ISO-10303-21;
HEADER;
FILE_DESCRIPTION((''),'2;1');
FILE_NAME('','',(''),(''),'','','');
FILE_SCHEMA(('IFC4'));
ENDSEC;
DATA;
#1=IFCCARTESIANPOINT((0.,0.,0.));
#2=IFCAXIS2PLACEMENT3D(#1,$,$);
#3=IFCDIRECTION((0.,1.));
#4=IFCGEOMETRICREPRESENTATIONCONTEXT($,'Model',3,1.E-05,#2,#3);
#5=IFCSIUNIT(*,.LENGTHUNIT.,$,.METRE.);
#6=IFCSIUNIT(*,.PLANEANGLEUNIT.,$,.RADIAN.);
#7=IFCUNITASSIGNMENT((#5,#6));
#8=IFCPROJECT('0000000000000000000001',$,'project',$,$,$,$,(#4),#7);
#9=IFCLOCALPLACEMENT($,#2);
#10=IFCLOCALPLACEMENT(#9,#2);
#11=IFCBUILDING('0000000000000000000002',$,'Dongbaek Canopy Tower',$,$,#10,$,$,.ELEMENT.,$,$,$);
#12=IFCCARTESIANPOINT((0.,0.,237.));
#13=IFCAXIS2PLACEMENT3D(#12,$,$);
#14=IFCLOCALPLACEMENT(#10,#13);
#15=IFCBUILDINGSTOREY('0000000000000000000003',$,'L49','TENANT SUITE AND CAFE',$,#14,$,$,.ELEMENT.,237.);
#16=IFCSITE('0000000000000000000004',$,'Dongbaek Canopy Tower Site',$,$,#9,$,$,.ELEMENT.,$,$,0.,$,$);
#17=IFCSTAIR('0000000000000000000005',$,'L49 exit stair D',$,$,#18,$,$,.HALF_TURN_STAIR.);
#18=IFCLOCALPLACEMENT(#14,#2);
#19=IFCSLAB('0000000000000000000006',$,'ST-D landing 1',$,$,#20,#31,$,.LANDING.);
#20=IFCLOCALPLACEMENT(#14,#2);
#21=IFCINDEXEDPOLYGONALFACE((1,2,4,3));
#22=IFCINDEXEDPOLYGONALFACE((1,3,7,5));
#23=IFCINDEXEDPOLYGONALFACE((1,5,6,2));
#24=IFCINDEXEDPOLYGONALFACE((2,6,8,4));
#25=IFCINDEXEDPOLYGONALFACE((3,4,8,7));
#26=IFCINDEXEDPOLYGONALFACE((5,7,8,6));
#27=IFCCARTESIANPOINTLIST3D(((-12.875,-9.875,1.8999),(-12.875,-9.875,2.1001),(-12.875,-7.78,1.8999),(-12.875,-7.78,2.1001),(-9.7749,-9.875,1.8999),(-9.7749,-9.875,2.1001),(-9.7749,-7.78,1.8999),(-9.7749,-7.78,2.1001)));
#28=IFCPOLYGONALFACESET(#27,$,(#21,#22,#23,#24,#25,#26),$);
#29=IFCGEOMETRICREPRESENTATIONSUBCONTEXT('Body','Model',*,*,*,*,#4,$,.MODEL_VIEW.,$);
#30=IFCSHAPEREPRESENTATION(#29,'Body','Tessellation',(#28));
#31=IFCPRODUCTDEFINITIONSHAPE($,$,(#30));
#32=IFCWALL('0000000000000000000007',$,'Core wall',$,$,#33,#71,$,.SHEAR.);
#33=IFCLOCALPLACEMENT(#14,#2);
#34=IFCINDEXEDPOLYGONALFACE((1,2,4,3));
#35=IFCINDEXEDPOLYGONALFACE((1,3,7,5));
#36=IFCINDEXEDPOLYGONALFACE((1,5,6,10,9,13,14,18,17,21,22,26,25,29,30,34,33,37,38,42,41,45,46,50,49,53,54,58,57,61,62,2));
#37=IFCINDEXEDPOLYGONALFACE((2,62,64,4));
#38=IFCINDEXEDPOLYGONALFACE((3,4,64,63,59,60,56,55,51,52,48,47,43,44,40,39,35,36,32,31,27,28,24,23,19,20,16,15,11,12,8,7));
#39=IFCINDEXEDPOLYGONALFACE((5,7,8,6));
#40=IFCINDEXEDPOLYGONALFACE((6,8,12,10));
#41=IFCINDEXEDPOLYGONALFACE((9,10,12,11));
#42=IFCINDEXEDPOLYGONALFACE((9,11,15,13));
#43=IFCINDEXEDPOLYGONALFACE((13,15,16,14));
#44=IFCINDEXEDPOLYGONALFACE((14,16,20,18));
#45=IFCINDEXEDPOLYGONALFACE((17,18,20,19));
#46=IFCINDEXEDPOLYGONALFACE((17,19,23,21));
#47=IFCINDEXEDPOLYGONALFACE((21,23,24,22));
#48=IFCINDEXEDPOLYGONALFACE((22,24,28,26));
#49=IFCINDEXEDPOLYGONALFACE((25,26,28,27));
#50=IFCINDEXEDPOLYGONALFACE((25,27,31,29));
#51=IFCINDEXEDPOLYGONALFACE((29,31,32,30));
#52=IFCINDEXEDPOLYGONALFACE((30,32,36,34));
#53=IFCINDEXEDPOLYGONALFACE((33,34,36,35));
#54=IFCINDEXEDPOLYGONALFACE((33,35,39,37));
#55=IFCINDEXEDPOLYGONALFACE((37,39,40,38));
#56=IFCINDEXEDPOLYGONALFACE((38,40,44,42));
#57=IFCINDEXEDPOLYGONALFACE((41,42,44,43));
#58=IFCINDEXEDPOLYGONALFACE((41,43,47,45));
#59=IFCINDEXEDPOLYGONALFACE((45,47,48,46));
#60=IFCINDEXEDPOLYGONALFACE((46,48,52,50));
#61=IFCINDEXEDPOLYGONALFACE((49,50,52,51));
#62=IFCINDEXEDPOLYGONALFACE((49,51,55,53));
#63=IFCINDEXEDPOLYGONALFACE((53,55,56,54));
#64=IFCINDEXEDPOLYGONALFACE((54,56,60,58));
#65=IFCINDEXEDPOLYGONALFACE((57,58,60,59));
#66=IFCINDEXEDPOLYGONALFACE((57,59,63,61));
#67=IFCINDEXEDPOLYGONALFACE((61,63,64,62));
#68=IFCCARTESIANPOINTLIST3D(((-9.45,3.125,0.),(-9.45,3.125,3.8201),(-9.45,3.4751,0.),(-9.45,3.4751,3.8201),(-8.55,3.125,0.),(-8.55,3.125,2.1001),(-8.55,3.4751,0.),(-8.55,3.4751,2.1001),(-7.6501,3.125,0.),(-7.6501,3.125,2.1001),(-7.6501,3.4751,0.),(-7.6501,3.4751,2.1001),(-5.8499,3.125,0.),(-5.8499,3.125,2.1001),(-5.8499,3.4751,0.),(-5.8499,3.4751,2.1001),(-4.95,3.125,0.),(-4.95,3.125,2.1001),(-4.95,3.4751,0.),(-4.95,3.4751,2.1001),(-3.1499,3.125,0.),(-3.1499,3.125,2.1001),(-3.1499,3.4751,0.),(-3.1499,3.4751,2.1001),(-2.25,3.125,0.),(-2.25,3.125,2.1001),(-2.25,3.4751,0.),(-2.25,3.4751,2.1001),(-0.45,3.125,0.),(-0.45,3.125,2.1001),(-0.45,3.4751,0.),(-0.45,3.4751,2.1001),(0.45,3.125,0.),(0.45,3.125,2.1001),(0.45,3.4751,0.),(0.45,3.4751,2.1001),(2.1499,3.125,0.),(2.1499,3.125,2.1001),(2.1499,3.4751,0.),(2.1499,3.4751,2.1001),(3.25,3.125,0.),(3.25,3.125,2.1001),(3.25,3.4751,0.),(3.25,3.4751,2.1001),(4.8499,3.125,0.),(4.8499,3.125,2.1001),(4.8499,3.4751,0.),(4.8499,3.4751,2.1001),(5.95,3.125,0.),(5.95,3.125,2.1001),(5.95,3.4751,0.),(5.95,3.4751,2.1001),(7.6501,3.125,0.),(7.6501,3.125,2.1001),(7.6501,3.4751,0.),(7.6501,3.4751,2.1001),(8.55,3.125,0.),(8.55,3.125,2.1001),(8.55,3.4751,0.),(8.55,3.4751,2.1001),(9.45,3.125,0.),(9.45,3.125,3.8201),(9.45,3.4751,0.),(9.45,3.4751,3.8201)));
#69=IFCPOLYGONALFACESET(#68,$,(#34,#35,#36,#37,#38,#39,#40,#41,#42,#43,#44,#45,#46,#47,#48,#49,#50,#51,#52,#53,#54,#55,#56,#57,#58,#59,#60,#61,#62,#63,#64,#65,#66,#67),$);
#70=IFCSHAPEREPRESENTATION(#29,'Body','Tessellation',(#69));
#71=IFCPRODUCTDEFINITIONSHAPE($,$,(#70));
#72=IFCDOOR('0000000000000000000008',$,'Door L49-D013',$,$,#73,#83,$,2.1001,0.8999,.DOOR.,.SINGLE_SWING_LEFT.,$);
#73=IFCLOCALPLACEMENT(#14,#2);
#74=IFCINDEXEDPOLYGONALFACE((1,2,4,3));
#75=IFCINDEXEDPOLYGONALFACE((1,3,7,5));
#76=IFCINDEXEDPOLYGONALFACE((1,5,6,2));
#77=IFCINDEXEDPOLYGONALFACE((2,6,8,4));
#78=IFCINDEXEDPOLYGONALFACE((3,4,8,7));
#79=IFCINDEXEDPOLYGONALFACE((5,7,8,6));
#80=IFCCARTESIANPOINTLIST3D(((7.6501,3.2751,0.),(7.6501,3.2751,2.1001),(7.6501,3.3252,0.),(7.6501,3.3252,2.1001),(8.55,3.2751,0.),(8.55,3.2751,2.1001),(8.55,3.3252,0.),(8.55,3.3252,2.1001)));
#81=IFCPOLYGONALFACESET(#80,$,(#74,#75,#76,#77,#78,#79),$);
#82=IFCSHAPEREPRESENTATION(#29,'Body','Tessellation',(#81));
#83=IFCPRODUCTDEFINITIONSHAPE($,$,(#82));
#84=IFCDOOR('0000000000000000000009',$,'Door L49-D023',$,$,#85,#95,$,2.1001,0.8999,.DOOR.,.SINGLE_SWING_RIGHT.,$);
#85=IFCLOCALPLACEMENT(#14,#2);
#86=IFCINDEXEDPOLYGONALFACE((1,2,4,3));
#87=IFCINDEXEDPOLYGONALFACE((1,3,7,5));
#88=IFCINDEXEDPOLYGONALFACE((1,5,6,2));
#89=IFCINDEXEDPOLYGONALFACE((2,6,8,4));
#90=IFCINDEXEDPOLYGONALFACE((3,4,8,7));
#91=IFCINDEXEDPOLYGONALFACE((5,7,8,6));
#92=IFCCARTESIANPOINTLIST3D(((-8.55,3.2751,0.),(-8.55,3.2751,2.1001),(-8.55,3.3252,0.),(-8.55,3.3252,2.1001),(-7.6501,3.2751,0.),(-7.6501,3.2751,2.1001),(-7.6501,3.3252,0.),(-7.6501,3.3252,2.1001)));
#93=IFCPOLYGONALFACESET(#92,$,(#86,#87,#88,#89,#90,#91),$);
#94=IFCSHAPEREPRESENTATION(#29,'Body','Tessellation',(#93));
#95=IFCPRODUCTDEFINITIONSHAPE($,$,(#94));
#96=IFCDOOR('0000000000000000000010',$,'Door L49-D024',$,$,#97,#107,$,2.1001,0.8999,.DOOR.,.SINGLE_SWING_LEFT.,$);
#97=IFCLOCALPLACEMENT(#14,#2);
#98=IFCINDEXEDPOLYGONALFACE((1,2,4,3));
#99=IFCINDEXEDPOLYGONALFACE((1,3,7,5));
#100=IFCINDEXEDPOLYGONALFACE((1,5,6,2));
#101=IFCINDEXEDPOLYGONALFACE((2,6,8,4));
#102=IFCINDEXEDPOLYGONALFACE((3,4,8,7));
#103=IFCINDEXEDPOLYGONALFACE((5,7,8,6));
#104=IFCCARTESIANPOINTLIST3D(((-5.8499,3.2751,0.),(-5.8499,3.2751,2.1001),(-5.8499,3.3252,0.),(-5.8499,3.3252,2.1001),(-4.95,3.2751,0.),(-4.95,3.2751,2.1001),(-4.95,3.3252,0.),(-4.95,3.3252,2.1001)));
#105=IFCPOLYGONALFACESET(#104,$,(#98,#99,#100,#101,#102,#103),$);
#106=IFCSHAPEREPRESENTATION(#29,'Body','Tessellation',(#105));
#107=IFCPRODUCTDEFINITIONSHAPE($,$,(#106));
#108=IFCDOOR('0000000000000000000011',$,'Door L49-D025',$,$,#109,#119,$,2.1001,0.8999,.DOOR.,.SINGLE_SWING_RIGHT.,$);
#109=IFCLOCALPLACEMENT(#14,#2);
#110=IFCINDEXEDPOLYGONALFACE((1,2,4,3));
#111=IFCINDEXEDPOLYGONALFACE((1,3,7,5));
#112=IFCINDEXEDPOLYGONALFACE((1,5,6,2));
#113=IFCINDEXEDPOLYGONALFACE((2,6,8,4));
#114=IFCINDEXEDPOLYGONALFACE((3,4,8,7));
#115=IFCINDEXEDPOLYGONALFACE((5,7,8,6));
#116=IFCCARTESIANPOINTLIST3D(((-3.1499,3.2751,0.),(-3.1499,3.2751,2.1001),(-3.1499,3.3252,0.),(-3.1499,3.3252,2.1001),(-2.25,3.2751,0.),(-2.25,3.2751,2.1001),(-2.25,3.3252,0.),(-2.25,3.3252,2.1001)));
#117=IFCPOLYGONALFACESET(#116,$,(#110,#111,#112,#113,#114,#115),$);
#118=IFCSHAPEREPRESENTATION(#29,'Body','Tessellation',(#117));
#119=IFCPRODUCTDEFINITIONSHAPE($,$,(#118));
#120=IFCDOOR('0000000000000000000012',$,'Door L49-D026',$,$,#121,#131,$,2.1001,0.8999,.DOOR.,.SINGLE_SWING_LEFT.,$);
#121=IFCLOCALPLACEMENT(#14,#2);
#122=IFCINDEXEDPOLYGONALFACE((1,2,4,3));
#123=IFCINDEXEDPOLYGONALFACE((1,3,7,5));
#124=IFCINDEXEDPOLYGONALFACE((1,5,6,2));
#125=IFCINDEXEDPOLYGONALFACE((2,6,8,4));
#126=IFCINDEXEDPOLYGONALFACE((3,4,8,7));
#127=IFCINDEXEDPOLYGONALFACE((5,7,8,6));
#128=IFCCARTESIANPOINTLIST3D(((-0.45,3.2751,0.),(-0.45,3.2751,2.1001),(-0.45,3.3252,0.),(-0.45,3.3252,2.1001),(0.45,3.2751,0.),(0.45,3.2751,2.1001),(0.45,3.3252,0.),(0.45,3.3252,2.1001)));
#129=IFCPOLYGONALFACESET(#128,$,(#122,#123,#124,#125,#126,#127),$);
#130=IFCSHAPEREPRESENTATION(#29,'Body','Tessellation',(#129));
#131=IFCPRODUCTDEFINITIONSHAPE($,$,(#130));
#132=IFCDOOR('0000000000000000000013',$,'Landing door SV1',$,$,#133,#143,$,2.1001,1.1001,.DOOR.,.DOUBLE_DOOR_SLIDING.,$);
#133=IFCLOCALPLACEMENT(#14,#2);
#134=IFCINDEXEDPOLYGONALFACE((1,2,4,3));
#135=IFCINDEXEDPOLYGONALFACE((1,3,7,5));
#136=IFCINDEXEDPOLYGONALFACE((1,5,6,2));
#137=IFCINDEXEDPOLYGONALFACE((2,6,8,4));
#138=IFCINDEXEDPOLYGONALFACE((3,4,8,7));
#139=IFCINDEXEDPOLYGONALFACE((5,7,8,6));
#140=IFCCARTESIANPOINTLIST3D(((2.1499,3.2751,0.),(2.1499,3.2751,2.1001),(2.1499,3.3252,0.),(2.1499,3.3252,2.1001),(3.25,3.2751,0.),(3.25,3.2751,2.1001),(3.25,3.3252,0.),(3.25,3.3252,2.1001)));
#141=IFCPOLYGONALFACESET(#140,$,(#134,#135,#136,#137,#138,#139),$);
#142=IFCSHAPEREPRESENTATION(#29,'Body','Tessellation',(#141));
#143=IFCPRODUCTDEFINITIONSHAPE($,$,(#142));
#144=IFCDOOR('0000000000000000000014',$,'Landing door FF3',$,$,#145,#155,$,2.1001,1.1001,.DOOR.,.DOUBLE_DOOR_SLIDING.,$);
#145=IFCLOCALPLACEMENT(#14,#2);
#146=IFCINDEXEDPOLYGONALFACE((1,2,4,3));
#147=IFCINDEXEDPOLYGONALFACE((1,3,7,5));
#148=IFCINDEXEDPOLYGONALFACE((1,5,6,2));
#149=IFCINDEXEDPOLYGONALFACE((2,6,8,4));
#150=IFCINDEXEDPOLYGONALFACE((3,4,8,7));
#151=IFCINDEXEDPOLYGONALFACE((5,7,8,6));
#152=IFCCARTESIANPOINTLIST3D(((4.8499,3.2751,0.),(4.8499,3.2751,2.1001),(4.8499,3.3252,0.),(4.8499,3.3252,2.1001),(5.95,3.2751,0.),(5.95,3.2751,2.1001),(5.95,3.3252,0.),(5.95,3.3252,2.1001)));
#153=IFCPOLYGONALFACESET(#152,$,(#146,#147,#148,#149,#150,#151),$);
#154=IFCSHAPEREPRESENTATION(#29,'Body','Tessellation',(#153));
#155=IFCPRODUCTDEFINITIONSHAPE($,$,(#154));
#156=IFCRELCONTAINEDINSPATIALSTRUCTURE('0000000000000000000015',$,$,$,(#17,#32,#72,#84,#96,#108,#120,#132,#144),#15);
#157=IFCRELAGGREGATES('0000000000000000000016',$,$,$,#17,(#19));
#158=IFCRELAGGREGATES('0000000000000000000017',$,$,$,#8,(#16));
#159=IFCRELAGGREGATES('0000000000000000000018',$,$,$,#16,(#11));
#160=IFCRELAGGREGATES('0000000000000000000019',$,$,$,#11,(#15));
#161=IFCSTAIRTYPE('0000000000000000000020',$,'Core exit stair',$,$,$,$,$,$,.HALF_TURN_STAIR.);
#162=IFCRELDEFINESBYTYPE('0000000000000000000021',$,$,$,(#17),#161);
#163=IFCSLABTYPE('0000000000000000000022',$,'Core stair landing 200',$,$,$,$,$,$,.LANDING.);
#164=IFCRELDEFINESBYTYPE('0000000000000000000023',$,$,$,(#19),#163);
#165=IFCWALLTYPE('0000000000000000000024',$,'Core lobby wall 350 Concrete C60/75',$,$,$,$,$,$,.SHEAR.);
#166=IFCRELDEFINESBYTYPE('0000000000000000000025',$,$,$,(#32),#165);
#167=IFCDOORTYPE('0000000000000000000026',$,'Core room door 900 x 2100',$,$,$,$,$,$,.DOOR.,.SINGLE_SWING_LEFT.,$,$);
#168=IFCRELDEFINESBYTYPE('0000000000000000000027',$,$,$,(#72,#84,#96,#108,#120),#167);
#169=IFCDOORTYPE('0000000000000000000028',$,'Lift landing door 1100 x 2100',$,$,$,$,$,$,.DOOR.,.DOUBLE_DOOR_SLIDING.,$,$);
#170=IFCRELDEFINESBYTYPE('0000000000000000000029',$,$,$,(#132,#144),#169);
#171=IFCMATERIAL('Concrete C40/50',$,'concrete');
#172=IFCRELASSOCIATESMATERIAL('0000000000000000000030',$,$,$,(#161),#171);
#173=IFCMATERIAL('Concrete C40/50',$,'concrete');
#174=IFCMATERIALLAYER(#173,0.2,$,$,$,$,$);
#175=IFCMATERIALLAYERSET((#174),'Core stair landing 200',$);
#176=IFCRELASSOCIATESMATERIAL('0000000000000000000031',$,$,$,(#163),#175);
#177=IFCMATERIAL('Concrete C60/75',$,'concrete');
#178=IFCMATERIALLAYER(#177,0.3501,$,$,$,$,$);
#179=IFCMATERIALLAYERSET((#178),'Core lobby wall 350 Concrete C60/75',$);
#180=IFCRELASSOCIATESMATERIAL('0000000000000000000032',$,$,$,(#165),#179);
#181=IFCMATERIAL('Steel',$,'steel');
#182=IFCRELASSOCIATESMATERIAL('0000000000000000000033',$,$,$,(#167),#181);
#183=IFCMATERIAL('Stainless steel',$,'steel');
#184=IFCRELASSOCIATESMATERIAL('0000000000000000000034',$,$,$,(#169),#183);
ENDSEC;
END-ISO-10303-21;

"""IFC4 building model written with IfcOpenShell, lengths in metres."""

from ifc_helpers import new_model, si_unit, direction, frame, frame_2d, origin, place, context, subcontext, project, spatial, polyline, rectangle, outline, extrude, material, layer, layer_set, type_object, element, fill, aggregate, save


model = new_model("IFC4")

# Units and contexts
model_context = context("Model", 3, precision=1e-05, world=origin(), true_north=direction((0.0, 1.0)))
body_context = subcontext(model_context, "Body", "Model", "MODEL_VIEW")
ifc_project = project(units=[si_unit("LENGTHUNIT", "METRE"), si_unit("PLANEANGLEUNIT", "RADIAN")], contexts=[model_context])

# Site, building, storey
site_placement = place(None, origin())
site = spatial("IfcSite", under=ifc_project, at=site_placement, Name="Dongbaek Canopy Tower Site", CompositionType="ELEMENT", RefElevation=0.0)
building_placement = place(site_placement, origin())
building = spatial("IfcBuilding", under=site, at=building_placement, Name="Dongbaek Canopy Tower", CompositionType="ELEMENT")
storey_placement = place(building_placement, frame((0.0, 0.0, 237.0)))
storey = spatial("IfcBuildingStorey", under=building, at=storey_placement, Name="L49", Description="TENANT SUITE AND CAFE", CompositionType="ELEMENT", Elevation=237.0)

# Stair, slab
ifc_material_1 = material(Name="Concrete C40/50", Category="concrete")
stair_type = type_object("IfcStairType", Name="Core exit stair", PredefinedType="HALF_TURN_STAIR", material=ifc_material_1)
stair_1_placement = place(storey_placement, origin())
stair_1 = element("IfcStair", 1, at=stair_1_placement, inside=storey, type_object=stair_type, Name="L49 exit stair D", PredefinedType="HALF_TURN_STAIR")
ifc_material_2 = material(Name="Concrete C40/50", Category="concrete")
ifc_layer_1 = layer(ifc_material_2, 0.2)
ifc_layer_set_1 = layer_set([ifc_layer_1], Name="Core stair landing 200")
slab_type = type_object("IfcSlabType", Name="Core stair landing 200", PredefinedType="LANDING", material=ifc_layer_set_1)
slab_placement = place(storey_placement, frame((0.0, 0.0, 1.8999)))
slab = element("IfcSlab", 2, at=slab_placement, type_object=slab_type, Name="ST-D landing 1", PredefinedType="LANDING", context=body_context, shape_type="SweptSolid", body=[
    extrude(outline(polyline([(-12.875, -7.78), (-12.875, -9.875), (-9.7749, -9.875), (-9.7749, -7.78), (-12.875, -7.78)])), origin(), (0.0, 0.0, 1.0), 0.2002),
])
aggregate(stair_1, [slab])

# Wall, openings, doors
ifc_material_3 = material(Name="Concrete C60/75", Category="concrete")
ifc_layer_2 = layer(ifc_material_3, 0.3501)
ifc_layer_set_2 = layer_set([ifc_layer_2], Name="Core lobby wall 350 Concrete C60/75")
wall_type_1 = type_object("IfcWallType", Name="Core lobby wall 350 Concrete C60/75", PredefinedType="SHEAR", material=ifc_layer_set_2)
wall_1_placement = place(storey_placement, frame((9.45, 3.3, 0.0), z_axis=(0.0, 0.0, 1.0), x_axis=(-1.0, 0.0, 0.0)))
wall_1 = element("IfcWall", 3, at=wall_1_placement, inside=storey, type_object=wall_type_1, Name="Core wall", PredefinedType="SHEAR", context=body_context, shape_type="SweptSolid", body=[
    extrude(rectangle(XDim=18.8999, YDim=0.3501, at=frame_2d((9.45, 0.0))), origin(), (0.0, 0.0, 1.0), 3.8201),
])
opening_1_placement = place(wall_1_placement, frame((6.2, 0.0, 0.0)))
opening_1 = element("IfcOpeningElement", 4, at=opening_1_placement, cuts=wall_1, PredefinedType="OPENING", context=body_context, shape_type="SweptSolid", body=[
    extrude(rectangle(XDim=1.1001, YDim=2.1001, at=frame_2d((0.55, 1.05))), frame((0.0, 0.1851, 0.0), z_axis=(0.0, -1.0, 0.0), x_axis=(1.0, 0.0, 0.0)), (0.0, 0.0, 1.0), 0.3701),
])
opening_2_placement = place(wall_1_placement, frame((3.5, 0.0, 0.0)))
opening_2 = element("IfcOpeningElement", 5, at=opening_2_placement, cuts=wall_1, PredefinedType="OPENING", context=body_context, shape_type="SweptSolid", body=[
    extrude(rectangle(XDim=1.1001, YDim=2.1001, at=frame_2d((0.55, 1.05))), frame((0.0, 0.1851, 0.0), z_axis=(0.0, -1.0, 0.0), x_axis=(1.0, 0.0, 0.0)), (0.0, 0.0, 1.0), 0.3701),
])
opening_3_placement = place(wall_1_placement, frame((0.8999, 0.0, 0.0)))
opening_3 = element("IfcOpeningElement", 6, at=opening_3_placement, cuts=wall_1, PredefinedType="OPENING", context=body_context, shape_type="SweptSolid", body=[
    extrude(rectangle(XDim=0.8999, YDim=2.1001, at=frame_2d((0.45, 1.05))), frame((0.0, 0.1851, 0.0), z_axis=(0.0, -1.0, 0.0), x_axis=(1.0, 0.0, 0.0)), (0.0, 0.0, 1.0), 0.3701),
])
opening_4_placement = place(wall_1_placement, frame((17.1001, 0.0, 0.0)))
opening_4 = element("IfcOpeningElement", 7, at=opening_4_placement, cuts=wall_1, PredefinedType="OPENING", context=body_context, shape_type="SweptSolid", body=[
    extrude(rectangle(XDim=0.8999, YDim=2.1001, at=frame_2d((0.45, 1.05))), frame((0.0, 0.1851, 0.0), z_axis=(0.0, -1.0, 0.0), x_axis=(1.0, 0.0, 0.0)), (0.0, 0.0, 1.0), 0.3701),
])
opening_5_placement = place(wall_1_placement, frame((14.3999, 0.0, 0.0)))
opening_5 = element("IfcOpeningElement", 8, at=opening_5_placement, cuts=wall_1, PredefinedType="OPENING", context=body_context, shape_type="SweptSolid", body=[
    extrude(rectangle(XDim=0.8999, YDim=2.1001, at=frame_2d((0.45, 1.05))), frame((0.0, 0.1851, 0.0), z_axis=(0.0, -1.0, 0.0), x_axis=(1.0, 0.0, 0.0)), (0.0, 0.0, 1.0), 0.3701),
])
opening_6_placement = place(wall_1_placement, frame((11.7, 0.0, 0.0)))
opening_6 = element("IfcOpeningElement", 9, at=opening_6_placement, cuts=wall_1, PredefinedType="OPENING", context=body_context, shape_type="SweptSolid", body=[
    extrude(rectangle(XDim=0.8999, YDim=2.1001, at=frame_2d((0.45, 1.05))), frame((0.0, 0.1851, 0.0), z_axis=(0.0, -1.0, 0.0), x_axis=(1.0, 0.0, 0.0)), (0.0, 0.0, 1.0), 0.3701),
])
opening_7_placement = place(wall_1_placement, frame((9.0, 0.0, 0.0)))
opening_7 = element("IfcOpeningElement", 10, at=opening_7_placement, cuts=wall_1, PredefinedType="OPENING", context=body_context, shape_type="SweptSolid", body=[
    extrude(rectangle(XDim=0.8999, YDim=2.1001, at=frame_2d((0.45, 1.05))), frame((0.0, 0.1851, 0.0), z_axis=(0.0, -1.0, 0.0), x_axis=(1.0, 0.0, 0.0)), (0.0, 0.0, 1.0), 0.3701),
])
ifc_material_4 = material(Name="Steel", Category="steel")
door_type_1 = type_object("IfcDoorType", Name="Core room door 900 x 2100", OperationType="SINGLE_SWING_LEFT", PredefinedType="DOOR", material=ifc_material_4)
door_1_placement = place(opening_3_placement, origin())
door_1 = element("IfcDoor", 11, at=door_1_placement, inside=storey, type_object=door_type_1, Name="Door L49-D013", OperationType="SINGLE_SWING_LEFT", OverallHeight=2.1001, OverallWidth=0.8999, PredefinedType="DOOR", context=body_context, shape_type="SweptSolid", body=[
    extrude(rectangle(XDim=0.8999, YDim=2.1001, at=frame_2d((0.45, 1.05))), frame((0.0, 0.0249, 0.0), z_axis=(0.0, -1.0, 0.0), x_axis=(1.0, 0.0, 0.0)), (0.0, 0.0, 1.0), 0.05),
])
fill(opening_3, door_1)
door_2_placement = place(opening_4_placement, origin())
door_2 = element("IfcDoor", 12, at=door_2_placement, inside=storey, type_object=door_type_1, Name="Door L49-D023", OperationType="SINGLE_SWING_RIGHT", OverallHeight=2.1001, OverallWidth=0.8999, PredefinedType="DOOR", context=body_context, shape_type="SweptSolid", body=[
    extrude(rectangle(XDim=0.8999, YDim=2.1001, at=frame_2d((0.45, 1.05))), frame((0.0, 0.0249, 0.0), z_axis=(0.0, -1.0, 0.0), x_axis=(1.0, 0.0, 0.0)), (0.0, 0.0, 1.0), 0.05),
])
fill(opening_4, door_2)
door_3_placement = place(opening_5_placement, origin())
door_3 = element("IfcDoor", 13, at=door_3_placement, inside=storey, type_object=door_type_1, Name="Door L49-D024", OperationType="SINGLE_SWING_LEFT", OverallHeight=2.1001, OverallWidth=0.8999, PredefinedType="DOOR", context=body_context, shape_type="SweptSolid", body=[
    extrude(rectangle(XDim=0.8999, YDim=2.1001, at=frame_2d((0.45, 1.05))), frame((0.0, 0.0249, 0.0), z_axis=(0.0, -1.0, 0.0), x_axis=(1.0, 0.0, 0.0)), (0.0, 0.0, 1.0), 0.05),
])
fill(opening_5, door_3)
door_4_placement = place(opening_6_placement, origin())
door_4 = element("IfcDoor", 14, at=door_4_placement, inside=storey, type_object=door_type_1, Name="Door L49-D025", OperationType="SINGLE_SWING_RIGHT", OverallHeight=2.1001, OverallWidth=0.8999, PredefinedType="DOOR", context=body_context, shape_type="SweptSolid", body=[
    extrude(rectangle(XDim=0.8999, YDim=2.1001, at=frame_2d((0.45, 1.05))), frame((0.0, 0.0249, 0.0), z_axis=(0.0, -1.0, 0.0), x_axis=(1.0, 0.0, 0.0)), (0.0, 0.0, 1.0), 0.05),
])
fill(opening_6, door_4)
door_5_placement = place(opening_7_placement, origin())
door_5 = element("IfcDoor", 15, at=door_5_placement, inside=storey, type_object=door_type_1, Name="Door L49-D026", OperationType="SINGLE_SWING_LEFT", OverallHeight=2.1001, OverallWidth=0.8999, PredefinedType="DOOR", context=body_context, shape_type="SweptSolid", body=[
    extrude(rectangle(XDim=0.8999, YDim=2.1001, at=frame_2d((0.45, 1.05))), frame((0.0, 0.0249, 0.0), z_axis=(0.0, -1.0, 0.0), x_axis=(1.0, 0.0, 0.0)), (0.0, 0.0, 1.0), 0.05),
])
fill(opening_7, door_5)
ifc_material_5 = material(Name="Stainless steel", Category="steel")
door_type_2 = type_object("IfcDoorType", Name="Lift landing door 1100 x 2100", OperationType="DOUBLE_DOOR_SLIDING", PredefinedType="DOOR", material=ifc_material_5)
door_6_placement = place(opening_1_placement, origin())
door_6 = element("IfcDoor", 16, at=door_6_placement, inside=storey, type_object=door_type_2, Name="Landing door SV1", OperationType="DOUBLE_DOOR_SLIDING", OverallHeight=2.1001, OverallWidth=1.1001, PredefinedType="DOOR", context=body_context, shape_type="SweptSolid", body=[
    extrude(rectangle(XDim=1.1001, YDim=2.1001, at=frame_2d((0.55, 1.05))), frame((0.0, 0.0249, 0.0), z_axis=(0.0, -1.0, 0.0), x_axis=(1.0, 0.0, 0.0)), (0.0, 0.0, 1.0), 0.05),
])
fill(opening_1, door_6)
door_7_placement = place(opening_2_placement, origin())
door_7 = element("IfcDoor", 17, at=door_7_placement, inside=storey, type_object=door_type_2, Name="Landing door FF3", OperationType="DOUBLE_DOOR_SLIDING", OverallHeight=2.1001, OverallWidth=1.1001, PredefinedType="DOOR", context=body_context, shape_type="SweptSolid", body=[
    extrude(rectangle(XDim=1.1001, YDim=2.1001, at=frame_2d((0.55, 1.05))), frame((0.0, 0.0249, 0.0), z_axis=(0.0, -1.0, 0.0), x_axis=(1.0, 0.0, 0.0)), (0.0, 0.0, 1.0), 0.05),
])
fill(opening_2, door_7)

save(model, "model.ifc")
